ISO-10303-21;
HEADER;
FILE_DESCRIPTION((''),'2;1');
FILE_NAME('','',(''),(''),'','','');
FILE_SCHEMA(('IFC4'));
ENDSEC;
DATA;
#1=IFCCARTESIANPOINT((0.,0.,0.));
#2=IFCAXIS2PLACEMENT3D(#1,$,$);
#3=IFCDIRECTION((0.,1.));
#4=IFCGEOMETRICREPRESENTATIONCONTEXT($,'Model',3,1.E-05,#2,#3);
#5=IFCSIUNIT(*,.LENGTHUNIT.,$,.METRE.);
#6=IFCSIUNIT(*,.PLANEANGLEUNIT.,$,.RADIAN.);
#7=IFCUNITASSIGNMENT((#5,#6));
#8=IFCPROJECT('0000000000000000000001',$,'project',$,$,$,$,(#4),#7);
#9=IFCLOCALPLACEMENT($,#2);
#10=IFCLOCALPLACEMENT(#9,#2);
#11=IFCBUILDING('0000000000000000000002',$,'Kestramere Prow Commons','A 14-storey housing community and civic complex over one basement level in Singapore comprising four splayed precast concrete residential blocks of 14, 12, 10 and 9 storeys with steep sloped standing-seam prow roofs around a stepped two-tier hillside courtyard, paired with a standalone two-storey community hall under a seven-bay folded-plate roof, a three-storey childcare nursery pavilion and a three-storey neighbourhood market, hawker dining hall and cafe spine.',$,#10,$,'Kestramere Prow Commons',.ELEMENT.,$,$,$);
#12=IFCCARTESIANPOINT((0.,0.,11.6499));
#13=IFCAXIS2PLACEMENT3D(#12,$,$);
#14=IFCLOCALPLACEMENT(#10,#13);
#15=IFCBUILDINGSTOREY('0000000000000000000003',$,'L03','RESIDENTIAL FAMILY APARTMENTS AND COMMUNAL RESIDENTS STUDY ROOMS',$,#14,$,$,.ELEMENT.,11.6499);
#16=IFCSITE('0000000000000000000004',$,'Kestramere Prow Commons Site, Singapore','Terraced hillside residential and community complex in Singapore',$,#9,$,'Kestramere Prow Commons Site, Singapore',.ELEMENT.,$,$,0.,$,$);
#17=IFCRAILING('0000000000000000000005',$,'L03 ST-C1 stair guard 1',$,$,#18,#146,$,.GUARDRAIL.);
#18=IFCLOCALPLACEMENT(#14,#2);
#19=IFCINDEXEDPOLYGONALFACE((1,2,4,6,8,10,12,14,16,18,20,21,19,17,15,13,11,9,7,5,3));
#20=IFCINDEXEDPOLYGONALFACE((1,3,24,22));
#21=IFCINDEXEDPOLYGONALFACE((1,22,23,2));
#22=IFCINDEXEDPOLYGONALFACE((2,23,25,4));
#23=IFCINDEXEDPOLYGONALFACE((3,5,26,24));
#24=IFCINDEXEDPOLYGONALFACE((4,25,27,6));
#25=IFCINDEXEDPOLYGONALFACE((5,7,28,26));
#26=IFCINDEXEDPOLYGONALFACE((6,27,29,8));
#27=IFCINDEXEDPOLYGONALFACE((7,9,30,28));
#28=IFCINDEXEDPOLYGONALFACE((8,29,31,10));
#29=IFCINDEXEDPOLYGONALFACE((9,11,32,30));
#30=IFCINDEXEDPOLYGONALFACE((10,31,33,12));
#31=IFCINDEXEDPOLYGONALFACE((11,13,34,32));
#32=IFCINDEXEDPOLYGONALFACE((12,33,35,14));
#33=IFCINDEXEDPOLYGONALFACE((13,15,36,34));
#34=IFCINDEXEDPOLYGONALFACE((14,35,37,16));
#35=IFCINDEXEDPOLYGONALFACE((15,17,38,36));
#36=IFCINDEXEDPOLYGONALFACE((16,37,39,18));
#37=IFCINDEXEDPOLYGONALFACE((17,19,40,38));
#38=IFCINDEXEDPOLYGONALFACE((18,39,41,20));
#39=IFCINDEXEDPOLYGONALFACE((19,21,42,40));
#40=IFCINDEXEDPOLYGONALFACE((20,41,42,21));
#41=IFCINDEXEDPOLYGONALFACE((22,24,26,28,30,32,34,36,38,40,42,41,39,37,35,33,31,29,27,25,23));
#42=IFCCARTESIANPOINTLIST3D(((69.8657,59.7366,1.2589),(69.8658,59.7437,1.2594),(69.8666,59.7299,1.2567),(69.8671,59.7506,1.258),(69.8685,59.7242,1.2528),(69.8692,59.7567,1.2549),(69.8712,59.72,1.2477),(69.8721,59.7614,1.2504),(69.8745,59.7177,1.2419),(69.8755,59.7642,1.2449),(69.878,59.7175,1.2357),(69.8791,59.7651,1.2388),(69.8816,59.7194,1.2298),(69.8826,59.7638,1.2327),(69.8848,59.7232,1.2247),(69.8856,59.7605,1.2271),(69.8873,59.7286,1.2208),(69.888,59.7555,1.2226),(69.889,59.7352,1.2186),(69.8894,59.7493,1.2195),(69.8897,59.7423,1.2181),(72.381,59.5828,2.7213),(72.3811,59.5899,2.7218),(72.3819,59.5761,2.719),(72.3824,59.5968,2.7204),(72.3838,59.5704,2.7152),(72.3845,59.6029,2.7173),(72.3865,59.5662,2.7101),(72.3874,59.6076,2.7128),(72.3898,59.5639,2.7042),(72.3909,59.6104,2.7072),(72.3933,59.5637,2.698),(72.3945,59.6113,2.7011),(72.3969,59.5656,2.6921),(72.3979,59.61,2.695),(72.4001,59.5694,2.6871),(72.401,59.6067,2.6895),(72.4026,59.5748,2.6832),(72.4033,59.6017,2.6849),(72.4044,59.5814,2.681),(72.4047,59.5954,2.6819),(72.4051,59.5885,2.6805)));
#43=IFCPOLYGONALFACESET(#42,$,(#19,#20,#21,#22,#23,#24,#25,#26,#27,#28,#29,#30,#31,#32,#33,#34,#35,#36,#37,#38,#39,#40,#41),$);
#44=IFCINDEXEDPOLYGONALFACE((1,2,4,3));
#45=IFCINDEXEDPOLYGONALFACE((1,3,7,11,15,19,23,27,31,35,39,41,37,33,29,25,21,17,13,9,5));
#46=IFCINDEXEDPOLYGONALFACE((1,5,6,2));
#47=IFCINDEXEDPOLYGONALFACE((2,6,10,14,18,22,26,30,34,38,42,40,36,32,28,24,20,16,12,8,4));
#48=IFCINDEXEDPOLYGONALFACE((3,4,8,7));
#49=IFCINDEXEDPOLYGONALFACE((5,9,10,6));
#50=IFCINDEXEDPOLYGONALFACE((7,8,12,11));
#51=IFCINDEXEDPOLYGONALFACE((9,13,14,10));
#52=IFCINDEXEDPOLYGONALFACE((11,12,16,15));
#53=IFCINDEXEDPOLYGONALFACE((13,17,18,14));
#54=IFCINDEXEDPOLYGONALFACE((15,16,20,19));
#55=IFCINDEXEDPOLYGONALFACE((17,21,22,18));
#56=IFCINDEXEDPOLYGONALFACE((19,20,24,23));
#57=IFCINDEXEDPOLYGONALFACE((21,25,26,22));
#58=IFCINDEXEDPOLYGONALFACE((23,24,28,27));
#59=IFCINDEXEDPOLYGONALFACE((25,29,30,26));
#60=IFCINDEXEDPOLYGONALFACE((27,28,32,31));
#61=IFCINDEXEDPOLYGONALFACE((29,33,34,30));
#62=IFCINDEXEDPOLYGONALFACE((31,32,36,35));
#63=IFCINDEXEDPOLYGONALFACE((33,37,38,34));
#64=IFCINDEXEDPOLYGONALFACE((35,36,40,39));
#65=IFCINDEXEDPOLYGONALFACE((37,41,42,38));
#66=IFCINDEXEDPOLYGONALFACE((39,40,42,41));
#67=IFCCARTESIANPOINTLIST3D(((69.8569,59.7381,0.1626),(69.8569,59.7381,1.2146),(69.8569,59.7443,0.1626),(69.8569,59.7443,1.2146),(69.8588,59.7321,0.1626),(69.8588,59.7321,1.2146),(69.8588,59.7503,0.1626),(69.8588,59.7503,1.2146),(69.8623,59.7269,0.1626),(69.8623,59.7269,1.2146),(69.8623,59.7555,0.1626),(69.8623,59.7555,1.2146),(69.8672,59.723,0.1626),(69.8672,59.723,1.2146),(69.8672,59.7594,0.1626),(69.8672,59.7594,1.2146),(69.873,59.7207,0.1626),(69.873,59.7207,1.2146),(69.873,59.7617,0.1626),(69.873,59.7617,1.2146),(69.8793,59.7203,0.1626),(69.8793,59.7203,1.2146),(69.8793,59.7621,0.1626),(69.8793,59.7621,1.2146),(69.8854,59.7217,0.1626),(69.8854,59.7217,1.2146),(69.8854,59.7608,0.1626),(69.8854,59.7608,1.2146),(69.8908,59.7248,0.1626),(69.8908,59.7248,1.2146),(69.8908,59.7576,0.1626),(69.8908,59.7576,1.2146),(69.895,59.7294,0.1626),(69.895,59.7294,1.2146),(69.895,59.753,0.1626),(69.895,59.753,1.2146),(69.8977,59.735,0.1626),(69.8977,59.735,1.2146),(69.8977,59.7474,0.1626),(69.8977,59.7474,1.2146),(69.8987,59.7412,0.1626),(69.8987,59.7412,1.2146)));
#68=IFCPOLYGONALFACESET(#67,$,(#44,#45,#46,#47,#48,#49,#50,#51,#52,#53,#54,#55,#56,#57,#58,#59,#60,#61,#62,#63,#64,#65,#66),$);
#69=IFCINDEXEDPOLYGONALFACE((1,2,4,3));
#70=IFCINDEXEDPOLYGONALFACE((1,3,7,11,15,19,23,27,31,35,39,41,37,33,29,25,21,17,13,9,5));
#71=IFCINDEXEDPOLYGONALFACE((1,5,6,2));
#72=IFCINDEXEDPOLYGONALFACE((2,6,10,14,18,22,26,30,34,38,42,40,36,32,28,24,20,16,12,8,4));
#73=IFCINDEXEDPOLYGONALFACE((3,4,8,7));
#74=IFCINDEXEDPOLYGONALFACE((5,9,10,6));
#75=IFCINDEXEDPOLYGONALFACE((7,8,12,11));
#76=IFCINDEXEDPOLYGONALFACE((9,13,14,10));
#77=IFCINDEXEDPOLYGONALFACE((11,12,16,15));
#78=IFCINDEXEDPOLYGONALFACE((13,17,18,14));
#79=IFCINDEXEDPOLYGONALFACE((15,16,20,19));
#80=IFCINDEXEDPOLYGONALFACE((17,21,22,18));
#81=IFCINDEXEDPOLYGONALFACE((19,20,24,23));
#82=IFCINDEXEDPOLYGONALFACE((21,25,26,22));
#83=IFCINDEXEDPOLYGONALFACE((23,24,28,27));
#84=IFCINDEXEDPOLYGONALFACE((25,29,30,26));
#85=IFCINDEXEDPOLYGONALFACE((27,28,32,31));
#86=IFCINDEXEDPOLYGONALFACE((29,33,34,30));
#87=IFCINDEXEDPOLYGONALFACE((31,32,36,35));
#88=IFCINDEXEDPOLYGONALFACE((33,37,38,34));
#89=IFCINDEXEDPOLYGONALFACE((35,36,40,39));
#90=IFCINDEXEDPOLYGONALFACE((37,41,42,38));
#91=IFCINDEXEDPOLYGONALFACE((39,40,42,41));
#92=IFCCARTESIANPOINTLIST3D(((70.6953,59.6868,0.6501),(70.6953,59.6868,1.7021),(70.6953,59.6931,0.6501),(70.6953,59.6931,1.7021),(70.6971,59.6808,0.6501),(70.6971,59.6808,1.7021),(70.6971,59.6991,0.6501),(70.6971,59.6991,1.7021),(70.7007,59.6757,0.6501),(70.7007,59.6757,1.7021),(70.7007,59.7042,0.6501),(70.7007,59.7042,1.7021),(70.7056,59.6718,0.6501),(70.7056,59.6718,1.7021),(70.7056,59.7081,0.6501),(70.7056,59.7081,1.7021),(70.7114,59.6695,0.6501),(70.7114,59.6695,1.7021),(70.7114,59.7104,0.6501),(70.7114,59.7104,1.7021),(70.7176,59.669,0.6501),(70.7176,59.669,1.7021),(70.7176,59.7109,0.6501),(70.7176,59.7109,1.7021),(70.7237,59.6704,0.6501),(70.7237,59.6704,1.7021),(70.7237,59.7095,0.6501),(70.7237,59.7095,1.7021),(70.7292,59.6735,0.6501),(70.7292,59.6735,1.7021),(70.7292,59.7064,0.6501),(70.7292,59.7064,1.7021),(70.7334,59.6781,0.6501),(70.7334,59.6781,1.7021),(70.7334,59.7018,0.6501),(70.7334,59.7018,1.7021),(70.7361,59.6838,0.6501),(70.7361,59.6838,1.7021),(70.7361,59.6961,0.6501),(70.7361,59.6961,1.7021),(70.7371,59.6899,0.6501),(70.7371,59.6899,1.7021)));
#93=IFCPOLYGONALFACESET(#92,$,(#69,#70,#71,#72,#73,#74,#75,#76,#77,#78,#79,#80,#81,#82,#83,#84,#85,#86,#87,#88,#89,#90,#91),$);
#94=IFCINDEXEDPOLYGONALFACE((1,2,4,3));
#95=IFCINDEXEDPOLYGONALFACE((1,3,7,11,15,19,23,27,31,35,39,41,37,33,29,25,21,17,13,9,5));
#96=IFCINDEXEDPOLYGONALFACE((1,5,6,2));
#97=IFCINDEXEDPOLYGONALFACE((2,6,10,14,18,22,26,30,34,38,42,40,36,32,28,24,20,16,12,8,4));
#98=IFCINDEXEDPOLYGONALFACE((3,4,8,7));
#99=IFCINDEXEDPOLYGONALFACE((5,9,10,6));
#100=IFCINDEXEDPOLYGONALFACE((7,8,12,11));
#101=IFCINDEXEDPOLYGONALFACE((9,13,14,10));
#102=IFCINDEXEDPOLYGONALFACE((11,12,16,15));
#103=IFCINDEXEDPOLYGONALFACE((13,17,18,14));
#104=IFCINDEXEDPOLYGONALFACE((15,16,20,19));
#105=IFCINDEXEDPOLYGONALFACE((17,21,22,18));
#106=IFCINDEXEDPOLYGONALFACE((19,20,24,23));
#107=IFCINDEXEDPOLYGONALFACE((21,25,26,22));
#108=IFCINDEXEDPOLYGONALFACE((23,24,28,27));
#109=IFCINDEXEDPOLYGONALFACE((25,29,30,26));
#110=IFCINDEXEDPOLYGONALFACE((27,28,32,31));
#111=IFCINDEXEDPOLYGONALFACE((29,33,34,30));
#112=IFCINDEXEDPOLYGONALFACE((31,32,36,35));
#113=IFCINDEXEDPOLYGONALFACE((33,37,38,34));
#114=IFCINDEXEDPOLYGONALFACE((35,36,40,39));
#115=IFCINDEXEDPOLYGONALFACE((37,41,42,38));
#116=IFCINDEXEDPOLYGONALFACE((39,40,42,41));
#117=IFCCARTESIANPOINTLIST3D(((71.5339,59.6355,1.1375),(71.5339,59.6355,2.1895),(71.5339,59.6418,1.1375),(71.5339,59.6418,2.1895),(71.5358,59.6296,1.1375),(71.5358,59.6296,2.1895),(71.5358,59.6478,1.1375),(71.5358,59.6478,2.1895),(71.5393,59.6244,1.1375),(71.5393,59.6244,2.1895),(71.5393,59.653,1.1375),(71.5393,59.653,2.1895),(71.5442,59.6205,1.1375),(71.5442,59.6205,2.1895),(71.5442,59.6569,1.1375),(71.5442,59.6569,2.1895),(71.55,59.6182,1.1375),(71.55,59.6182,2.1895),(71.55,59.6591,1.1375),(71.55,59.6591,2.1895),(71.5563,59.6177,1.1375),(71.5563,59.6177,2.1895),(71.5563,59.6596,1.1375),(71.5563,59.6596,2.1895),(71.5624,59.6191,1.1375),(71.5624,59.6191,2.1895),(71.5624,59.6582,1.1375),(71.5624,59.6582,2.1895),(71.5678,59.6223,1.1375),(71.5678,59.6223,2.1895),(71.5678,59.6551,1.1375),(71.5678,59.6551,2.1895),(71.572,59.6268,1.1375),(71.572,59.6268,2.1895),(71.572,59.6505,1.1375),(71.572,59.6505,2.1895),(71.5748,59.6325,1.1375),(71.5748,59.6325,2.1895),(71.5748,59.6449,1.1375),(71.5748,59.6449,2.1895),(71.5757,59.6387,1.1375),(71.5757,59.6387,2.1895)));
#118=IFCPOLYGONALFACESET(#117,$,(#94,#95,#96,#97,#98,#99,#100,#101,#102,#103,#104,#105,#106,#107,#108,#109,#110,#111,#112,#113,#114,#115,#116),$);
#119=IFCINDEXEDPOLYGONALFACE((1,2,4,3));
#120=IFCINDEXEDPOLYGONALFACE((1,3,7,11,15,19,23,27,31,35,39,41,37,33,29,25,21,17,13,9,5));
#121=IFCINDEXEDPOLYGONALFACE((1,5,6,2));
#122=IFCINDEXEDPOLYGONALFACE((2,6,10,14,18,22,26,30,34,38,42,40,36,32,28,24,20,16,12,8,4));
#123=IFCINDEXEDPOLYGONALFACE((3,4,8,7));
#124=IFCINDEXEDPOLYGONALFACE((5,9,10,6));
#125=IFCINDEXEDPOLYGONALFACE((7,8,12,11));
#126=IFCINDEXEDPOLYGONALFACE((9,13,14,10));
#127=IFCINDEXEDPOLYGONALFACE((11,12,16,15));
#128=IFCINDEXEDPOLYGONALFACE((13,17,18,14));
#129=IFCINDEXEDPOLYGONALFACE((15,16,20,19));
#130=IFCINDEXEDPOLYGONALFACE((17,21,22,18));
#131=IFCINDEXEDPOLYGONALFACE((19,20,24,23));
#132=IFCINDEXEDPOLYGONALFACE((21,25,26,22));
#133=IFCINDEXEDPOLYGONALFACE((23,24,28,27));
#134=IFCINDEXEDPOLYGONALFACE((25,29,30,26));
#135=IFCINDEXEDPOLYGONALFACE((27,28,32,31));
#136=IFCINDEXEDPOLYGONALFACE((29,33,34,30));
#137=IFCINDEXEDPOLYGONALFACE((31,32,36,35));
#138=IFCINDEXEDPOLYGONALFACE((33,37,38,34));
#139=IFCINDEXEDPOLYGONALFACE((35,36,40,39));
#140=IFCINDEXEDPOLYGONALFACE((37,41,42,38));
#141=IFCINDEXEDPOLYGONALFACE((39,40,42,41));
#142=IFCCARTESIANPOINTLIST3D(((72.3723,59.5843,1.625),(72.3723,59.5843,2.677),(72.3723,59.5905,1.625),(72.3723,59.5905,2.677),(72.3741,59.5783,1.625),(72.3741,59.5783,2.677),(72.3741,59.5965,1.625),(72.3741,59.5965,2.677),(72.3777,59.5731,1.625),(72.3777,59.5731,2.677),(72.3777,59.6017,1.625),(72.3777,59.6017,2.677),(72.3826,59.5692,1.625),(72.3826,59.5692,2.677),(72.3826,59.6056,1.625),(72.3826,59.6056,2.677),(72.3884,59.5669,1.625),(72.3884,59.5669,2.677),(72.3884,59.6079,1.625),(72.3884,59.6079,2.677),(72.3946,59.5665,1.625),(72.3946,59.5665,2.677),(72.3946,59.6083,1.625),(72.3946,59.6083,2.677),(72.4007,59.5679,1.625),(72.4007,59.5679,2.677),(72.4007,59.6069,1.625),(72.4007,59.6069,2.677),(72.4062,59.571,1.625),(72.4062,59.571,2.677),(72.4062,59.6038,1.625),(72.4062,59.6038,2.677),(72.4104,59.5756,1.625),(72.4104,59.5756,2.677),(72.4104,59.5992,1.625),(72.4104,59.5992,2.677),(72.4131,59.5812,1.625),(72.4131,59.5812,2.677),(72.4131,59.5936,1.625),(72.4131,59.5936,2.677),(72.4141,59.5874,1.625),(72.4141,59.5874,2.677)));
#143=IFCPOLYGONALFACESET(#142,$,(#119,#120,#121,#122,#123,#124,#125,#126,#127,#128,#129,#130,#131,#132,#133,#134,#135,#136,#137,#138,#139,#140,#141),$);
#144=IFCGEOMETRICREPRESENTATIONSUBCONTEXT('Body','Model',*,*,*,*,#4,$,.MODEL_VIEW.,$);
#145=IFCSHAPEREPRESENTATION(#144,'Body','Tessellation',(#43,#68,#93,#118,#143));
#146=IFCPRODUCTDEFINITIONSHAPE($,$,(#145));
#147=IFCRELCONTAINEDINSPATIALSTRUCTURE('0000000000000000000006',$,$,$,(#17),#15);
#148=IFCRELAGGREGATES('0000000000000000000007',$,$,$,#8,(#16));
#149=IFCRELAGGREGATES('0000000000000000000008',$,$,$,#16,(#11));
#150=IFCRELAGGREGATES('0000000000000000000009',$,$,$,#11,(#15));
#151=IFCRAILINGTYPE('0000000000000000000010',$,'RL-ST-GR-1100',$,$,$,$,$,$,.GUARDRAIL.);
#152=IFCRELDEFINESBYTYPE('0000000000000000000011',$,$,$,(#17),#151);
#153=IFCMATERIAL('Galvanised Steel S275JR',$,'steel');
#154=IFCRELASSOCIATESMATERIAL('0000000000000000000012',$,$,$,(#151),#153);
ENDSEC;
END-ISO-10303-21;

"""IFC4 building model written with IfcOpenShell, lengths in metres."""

from ifc_helpers import new_model, si_unit, direction, frame, origin, origin_2d, place, context, subcontext, project, spatial, circle, extrude, material, type_object, element, save


model = new_model("IFC4")

# Units and contexts
model_context = context("Model", 3, precision=1e-05, world=origin(), true_north=direction((0.0, 1.0)))
body_context = subcontext(model_context, "Body", "Model", "MODEL_VIEW")
ifc_project = project(units=[si_unit("LENGTHUNIT", "METRE"), si_unit("PLANEANGLEUNIT", "RADIAN")], contexts=[model_context])

# Site, building, storey
site_placement = place(None, origin())
site = spatial("IfcSite", under=ifc_project, at=site_placement, Name="Kestramere Prow Commons Site, Singapore", Description="Terraced hillside residential and community complex in Singapore", LongName="Kestramere Prow Commons Site, Singapore", CompositionType="ELEMENT", RefElevation=0.0)
building_placement = place(site_placement, origin())
building = spatial("IfcBuilding", under=site, at=building_placement, Name="Kestramere Prow Commons", Description="A 14-storey housing community and civic complex over one basement level in Singapore comprising four splayed precast concrete residential blocks of 14, 12, 10 and 9 storeys with steep sloped standing-seam prow roofs around a stepped two-tier hillside courtyard, paired with a standalone two-storey community hall under a seven-bay folded-plate roof, a three-storey childcare nursery pavilion and a three-storey neighbourhood market, hawker dining hall and cafe spine.", LongName="Kestramere Prow Commons", CompositionType="ELEMENT")
storey_placement = place(building_placement, frame((0.0, 0.0, 11.6499)))
storey = spatial("IfcBuildingStorey", under=building, at=storey_placement, Name="L03", Description="RESIDENTIAL FAMILY APARTMENTS AND COMMUNAL RESIDENTS STUDY ROOMS", CompositionType="ELEMENT", Elevation=11.6499)

# Railing
ifc_material_1 = material(Name="Galvanised Steel S275JR", Category="steel")
railing_type_1 = type_object("IfcRailingType", Name="RL-ST-GR-1100", PredefinedType="GUARDRAIL", material=ifc_material_1)
railing_1_placement = place(storey_placement, frame((69.8777, 59.7412, 0.1626)))
element("IfcRailing", 1, at=railing_1_placement, inside=storey, type_object=railing_type_1, Name="L03 ST-C1 stair guard 1", PredefinedType="GUARDRAIL", context=body_context, shape_type="SweptSolid", body=[
    extrude(circle(Radius=0.0239, at=origin_2d()), frame((0.0, 0.0, 1.0762), z_axis=(0.863306, -0.052789, 0.501912), x_axis=(0.061033, 0.998136, 0.0)), (0.0, 0.0, 1.0), 2.9136),
    extrude(circle(Radius=0.021, at=origin_2d()), origin(), (0.0, 0.0, 1.0), 1.052),
    extrude(circle(Radius=0.021, at=origin_2d()), frame((0.8384, -0.0513, 0.4875)), (0.0, 0.0, 1.0), 1.052),
    extrude(circle(Radius=0.021, at=origin_2d()), frame((1.677, -0.1025, 0.9749)), (0.0, 0.0, 1.0), 1.052),
    extrude(circle(Radius=0.021, at=origin_2d()), frame((2.5154, -0.1538, 1.4624)), (0.0, 0.0, 1.0), 1.052),
])

save(model, "model.ifc")
